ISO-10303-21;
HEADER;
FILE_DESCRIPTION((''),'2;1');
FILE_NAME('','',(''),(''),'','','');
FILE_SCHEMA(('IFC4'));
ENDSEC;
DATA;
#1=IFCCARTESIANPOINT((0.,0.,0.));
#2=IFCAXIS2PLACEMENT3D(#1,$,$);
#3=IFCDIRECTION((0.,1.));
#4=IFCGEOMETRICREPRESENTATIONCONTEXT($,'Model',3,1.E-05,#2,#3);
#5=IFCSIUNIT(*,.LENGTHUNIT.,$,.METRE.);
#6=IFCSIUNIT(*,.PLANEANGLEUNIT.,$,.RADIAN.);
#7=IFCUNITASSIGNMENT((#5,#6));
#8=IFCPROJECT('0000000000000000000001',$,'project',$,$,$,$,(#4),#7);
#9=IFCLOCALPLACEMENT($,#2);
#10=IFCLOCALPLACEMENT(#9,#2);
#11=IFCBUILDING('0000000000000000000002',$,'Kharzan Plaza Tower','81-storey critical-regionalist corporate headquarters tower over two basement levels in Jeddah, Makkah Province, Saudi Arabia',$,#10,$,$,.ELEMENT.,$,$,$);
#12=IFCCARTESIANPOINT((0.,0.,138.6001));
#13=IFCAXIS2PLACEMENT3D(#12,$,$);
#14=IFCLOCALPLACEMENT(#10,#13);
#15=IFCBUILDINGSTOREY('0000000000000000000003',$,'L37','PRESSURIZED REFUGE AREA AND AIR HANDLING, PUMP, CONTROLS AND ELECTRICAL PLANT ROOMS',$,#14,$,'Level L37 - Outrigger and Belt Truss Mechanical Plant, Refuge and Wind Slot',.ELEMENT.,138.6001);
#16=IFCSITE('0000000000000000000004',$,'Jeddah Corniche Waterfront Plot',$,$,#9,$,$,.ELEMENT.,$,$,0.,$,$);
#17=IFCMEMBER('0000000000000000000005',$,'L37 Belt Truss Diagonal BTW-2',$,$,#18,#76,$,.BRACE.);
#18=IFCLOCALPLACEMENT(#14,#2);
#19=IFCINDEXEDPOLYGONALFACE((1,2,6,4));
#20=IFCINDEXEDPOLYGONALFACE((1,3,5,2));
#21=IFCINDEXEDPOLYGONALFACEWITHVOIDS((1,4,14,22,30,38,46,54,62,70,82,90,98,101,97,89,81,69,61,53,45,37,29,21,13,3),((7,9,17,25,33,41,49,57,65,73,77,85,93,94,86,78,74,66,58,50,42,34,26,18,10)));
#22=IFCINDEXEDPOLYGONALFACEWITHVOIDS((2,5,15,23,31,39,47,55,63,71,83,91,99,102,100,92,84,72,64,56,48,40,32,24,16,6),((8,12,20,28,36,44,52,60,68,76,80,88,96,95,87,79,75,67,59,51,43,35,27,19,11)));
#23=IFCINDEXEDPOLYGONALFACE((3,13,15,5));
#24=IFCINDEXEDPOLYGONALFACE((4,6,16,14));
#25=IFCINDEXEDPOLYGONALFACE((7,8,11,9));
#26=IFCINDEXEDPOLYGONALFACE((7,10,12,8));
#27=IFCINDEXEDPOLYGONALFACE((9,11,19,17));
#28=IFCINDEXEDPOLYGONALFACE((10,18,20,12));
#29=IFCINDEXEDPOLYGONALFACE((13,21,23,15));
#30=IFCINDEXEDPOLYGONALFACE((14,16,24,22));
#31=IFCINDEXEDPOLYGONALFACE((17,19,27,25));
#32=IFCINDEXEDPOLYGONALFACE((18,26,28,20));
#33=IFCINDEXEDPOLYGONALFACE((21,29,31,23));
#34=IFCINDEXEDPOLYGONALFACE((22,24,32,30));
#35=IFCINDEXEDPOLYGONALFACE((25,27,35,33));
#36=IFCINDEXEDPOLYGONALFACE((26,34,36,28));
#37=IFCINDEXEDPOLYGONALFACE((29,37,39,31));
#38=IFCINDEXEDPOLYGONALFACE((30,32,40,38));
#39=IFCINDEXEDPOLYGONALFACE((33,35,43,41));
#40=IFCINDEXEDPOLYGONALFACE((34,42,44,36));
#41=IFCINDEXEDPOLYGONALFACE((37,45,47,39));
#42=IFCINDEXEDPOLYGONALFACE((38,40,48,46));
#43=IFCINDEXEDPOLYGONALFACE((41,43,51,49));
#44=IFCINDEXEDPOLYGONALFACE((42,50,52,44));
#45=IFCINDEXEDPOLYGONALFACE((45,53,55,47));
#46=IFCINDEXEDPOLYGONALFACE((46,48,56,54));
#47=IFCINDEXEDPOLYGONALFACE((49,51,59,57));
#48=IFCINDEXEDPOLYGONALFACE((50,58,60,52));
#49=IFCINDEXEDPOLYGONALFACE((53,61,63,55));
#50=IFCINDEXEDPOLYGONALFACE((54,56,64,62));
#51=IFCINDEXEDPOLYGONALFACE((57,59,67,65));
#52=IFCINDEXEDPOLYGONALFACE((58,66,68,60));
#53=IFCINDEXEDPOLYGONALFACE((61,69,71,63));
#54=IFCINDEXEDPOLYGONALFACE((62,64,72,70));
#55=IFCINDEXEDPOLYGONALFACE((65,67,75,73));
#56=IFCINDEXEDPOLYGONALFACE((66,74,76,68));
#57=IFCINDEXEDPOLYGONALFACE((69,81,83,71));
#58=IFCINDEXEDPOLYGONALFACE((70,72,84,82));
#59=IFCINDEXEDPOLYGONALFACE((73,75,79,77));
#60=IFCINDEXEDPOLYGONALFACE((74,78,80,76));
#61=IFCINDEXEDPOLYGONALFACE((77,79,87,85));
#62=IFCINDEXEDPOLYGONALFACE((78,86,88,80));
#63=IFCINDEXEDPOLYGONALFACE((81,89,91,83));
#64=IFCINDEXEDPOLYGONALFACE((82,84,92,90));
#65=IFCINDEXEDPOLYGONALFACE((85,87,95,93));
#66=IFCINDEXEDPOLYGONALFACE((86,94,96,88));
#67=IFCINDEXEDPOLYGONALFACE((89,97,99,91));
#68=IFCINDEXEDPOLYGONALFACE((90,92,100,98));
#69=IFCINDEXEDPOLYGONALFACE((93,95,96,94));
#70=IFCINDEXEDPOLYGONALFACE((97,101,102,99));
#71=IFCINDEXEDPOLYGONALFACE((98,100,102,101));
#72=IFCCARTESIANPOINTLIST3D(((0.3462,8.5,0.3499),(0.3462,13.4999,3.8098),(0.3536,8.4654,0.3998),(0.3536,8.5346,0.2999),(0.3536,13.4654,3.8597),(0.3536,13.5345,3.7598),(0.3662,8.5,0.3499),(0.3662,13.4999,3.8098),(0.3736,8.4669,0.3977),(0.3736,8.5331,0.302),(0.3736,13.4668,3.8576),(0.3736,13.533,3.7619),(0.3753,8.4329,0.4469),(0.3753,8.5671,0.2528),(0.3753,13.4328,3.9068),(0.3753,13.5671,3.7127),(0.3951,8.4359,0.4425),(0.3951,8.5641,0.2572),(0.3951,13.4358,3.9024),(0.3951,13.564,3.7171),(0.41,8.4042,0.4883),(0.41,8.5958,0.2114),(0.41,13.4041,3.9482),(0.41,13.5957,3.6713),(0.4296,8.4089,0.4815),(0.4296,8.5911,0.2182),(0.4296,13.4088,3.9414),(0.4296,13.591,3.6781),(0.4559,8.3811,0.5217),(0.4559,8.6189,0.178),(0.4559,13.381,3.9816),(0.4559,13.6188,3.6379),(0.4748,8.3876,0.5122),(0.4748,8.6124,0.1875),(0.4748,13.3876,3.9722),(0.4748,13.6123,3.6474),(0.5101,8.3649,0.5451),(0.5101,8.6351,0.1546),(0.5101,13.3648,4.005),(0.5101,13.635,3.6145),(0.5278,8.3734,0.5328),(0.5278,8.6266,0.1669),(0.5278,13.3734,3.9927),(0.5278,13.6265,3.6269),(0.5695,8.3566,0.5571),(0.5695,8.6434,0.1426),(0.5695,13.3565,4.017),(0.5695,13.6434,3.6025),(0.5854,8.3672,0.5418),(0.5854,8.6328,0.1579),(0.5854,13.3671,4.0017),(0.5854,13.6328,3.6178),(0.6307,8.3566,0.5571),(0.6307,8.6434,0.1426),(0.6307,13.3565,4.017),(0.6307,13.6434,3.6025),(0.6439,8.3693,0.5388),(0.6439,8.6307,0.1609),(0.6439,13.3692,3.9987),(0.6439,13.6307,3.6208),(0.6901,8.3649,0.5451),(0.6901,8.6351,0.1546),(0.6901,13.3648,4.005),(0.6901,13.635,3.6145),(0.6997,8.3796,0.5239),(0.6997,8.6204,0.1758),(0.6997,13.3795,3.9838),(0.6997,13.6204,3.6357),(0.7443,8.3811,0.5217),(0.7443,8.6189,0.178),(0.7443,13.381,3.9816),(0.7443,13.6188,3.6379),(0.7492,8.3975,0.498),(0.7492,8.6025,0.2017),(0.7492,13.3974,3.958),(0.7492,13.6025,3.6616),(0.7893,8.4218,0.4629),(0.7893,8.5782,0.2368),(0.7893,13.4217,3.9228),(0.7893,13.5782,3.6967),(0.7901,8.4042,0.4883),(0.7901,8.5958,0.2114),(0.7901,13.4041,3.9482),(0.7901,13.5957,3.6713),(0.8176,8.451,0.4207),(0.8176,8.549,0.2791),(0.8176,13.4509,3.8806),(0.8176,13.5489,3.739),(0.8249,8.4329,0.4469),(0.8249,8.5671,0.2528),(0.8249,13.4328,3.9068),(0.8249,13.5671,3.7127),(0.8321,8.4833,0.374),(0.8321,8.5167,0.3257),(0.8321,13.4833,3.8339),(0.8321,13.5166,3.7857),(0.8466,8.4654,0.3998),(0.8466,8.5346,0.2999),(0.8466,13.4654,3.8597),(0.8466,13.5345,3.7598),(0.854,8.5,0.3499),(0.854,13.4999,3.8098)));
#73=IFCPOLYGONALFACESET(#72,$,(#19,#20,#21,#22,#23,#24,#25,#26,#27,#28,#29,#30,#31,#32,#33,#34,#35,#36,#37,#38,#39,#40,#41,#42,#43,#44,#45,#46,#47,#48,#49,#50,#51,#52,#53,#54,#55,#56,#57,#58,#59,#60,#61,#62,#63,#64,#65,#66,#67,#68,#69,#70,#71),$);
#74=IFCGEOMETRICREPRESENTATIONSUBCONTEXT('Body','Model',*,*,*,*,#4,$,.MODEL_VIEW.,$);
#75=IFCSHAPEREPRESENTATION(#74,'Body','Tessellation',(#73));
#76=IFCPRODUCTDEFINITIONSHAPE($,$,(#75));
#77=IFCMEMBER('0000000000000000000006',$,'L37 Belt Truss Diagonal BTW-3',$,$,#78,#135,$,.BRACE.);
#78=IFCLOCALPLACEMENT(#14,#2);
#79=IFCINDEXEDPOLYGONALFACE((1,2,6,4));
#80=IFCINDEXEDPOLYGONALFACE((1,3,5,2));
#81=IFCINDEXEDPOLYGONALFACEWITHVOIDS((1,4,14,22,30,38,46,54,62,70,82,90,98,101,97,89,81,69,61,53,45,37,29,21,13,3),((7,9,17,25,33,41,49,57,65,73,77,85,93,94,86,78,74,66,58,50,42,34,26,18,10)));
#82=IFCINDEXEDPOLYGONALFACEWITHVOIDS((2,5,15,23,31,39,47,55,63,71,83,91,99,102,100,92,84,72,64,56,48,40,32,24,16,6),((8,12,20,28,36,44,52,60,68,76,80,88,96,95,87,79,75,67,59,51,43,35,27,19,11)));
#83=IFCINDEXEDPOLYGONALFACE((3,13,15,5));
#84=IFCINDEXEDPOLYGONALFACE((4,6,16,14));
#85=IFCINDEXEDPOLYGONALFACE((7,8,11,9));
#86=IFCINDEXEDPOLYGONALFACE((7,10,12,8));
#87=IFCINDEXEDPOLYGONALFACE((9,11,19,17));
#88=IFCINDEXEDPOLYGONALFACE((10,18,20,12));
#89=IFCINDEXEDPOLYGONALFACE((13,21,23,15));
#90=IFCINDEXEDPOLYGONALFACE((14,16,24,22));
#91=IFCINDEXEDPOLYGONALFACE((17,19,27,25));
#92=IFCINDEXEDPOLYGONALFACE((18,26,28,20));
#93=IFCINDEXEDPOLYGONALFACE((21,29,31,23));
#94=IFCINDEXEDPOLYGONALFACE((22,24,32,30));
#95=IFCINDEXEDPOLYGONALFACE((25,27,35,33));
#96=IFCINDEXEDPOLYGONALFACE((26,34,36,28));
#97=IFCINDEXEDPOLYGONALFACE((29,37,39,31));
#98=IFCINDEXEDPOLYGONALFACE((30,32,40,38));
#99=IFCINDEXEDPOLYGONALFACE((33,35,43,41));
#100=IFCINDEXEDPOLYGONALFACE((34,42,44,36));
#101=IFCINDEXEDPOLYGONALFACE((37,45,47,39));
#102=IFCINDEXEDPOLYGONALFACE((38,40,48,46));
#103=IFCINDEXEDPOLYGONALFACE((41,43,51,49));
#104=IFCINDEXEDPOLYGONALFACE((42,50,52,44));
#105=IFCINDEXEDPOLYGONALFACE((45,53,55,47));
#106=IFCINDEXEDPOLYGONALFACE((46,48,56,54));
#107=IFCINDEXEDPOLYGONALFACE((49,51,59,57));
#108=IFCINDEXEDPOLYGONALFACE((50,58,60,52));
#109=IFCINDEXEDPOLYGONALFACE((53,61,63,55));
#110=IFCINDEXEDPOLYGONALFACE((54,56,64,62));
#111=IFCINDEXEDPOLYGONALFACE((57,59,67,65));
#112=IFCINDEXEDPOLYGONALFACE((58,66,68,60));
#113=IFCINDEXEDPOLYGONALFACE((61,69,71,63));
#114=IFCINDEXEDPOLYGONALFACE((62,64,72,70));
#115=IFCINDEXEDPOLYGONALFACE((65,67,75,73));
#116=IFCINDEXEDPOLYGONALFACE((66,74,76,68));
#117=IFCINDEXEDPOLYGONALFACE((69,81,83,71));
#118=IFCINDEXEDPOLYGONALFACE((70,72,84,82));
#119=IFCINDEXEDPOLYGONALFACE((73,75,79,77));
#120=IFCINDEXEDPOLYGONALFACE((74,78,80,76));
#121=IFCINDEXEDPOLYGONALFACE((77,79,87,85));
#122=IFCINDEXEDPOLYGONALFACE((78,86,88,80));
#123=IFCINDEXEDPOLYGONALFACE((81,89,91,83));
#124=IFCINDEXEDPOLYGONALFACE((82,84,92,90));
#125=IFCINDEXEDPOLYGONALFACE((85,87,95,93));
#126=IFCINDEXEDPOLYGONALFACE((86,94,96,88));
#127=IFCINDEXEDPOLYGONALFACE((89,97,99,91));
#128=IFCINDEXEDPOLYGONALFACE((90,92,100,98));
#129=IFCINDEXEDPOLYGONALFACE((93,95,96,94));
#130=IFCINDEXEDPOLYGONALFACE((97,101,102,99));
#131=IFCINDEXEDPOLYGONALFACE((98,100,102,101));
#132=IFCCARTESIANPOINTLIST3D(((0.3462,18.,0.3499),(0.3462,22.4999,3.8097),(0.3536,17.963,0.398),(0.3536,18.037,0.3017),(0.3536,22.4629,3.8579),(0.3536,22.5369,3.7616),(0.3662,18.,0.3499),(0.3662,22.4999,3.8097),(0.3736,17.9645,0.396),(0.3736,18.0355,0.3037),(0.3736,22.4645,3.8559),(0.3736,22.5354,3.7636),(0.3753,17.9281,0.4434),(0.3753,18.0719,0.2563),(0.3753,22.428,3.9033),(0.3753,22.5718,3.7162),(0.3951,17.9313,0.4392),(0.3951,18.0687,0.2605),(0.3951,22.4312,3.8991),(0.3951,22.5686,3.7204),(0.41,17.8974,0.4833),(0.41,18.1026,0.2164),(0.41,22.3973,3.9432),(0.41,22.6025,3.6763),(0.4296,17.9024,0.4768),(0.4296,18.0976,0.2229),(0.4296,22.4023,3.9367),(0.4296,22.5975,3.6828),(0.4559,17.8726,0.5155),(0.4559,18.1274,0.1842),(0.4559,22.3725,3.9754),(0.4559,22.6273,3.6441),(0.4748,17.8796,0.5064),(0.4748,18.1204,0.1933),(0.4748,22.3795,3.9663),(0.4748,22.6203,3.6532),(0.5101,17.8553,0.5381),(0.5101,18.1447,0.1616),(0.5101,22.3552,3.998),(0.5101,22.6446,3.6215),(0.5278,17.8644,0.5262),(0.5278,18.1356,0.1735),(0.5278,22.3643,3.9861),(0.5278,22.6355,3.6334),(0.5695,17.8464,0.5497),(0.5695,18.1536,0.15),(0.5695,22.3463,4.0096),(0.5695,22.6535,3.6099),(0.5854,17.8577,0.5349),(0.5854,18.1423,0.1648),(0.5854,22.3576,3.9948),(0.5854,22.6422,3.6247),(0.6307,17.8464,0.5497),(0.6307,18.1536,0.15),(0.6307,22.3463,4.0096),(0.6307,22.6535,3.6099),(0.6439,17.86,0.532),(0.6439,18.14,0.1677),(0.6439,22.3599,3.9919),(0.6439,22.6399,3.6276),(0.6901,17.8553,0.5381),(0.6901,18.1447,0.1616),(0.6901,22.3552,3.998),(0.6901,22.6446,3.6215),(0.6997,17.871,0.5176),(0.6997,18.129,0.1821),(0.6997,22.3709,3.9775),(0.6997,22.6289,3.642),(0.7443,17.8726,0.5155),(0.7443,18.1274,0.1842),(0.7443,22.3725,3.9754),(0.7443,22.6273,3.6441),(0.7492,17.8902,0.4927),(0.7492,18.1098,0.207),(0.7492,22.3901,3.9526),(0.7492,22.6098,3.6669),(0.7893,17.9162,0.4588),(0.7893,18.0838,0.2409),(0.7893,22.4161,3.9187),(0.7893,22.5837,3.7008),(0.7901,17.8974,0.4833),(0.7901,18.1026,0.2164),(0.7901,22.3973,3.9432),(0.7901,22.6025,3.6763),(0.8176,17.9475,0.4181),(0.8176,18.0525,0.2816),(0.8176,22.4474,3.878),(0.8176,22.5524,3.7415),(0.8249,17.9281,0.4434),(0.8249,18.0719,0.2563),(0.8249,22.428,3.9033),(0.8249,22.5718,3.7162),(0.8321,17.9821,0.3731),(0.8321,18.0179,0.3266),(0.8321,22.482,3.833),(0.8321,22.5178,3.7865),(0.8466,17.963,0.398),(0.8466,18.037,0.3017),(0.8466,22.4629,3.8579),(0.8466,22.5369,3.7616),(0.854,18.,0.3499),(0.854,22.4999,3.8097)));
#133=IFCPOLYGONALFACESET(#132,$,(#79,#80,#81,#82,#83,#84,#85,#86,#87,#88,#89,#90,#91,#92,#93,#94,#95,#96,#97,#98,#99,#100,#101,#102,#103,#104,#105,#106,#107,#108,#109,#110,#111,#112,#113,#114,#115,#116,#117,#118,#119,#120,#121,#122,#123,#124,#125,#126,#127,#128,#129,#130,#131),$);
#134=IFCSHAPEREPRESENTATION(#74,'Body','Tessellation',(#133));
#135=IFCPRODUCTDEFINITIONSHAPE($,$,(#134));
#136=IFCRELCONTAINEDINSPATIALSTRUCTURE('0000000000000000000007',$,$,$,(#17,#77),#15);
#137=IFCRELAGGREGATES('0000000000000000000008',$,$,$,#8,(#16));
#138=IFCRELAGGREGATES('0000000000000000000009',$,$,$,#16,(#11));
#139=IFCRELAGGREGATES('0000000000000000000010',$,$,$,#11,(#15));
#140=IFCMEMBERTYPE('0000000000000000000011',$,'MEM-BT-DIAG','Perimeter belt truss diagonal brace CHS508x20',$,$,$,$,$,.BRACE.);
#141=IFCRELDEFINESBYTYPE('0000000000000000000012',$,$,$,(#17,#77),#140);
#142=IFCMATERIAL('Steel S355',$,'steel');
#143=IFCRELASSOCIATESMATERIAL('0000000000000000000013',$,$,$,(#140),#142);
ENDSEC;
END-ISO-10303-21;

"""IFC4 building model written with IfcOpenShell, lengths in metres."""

from ifc_helpers import new_model, si_unit, direction, frame, origin, origin_2d, place, context, subcontext, project, spatial, hollow_circle, extrude, source, transform, mapped, material, material_profile, profile_set, type_object, element, save


model = new_model("IFC4")

# Units and contexts
model_context = context("Model", 3, precision=1e-05, world=origin(), true_north=direction((0.0, 1.0)))
body_context = subcontext(model_context, "Body", "Model", "MODEL_VIEW")
ifc_project = project(units=[si_unit("LENGTHUNIT", "METRE"), si_unit("PLANEANGLEUNIT", "RADIAN")], contexts=[model_context])

# Site, building, storey
site_placement = place(None, origin())
site = spatial("IfcSite", under=ifc_project, at=site_placement, Name="Jeddah Corniche Waterfront Plot", CompositionType="ELEMENT", RefElevation=0.0)
building_placement = place(site_placement, origin())
building = spatial("IfcBuilding", under=site, at=building_placement, Name="Kharzan Plaza Tower", Description="81-storey critical-regionalist corporate headquarters tower over two basement levels in Jeddah, Makkah Province, Saudi Arabia", CompositionType="ELEMENT")
storey_placement = place(building_placement, frame((0.0, 0.0, 138.6001)))
storey = spatial("IfcBuildingStorey", under=building, at=storey_placement, Name="L37", Description="PRESSURIZED REFUGE AREA AND AIR HANDLING, PUMP, CONTROLS AND ELECTRICAL PLANT ROOMS", LongName="Level L37 - Outrigger and Belt Truss Mechanical Plant, Refuge and Wind Slot", CompositionType="ELEMENT", Elevation=138.6001)

# Shared definitions
ifc_material_1 = material(Name="Steel S355", Category="steel")

# Members
ifc_material_profile_1 = material_profile(ifc_material_1, hollow_circle(Radius=0.2539, WallThickness=0.02, at=origin_2d()), Name="CHS508x20")
ifc_profile_set_1 = profile_set([ifc_material_profile_1], Name="Steel S355")
member_type_1 = type_object("IfcMemberType", Name="MEM-BT-DIAG", Description="Perimeter belt truss diagonal brace CHS508x20", PredefinedType="BRACE", material=ifc_profile_set_1)
shared_shape_1 = source(origin(), body_context, "Body", "SweptSolid", [
    extrude(hollow_circle(Radius=0.2539, WallThickness=0.02, at=origin_2d()), origin(), (0.0, 0.0, 1.0), 6.0803),
])
member_1_placement = place(storey_placement, frame((0.6001, 8.5, 0.3499), z_axis=(0.0, 0.822314, 0.569035), x_axis=(-1.0, 0.0, 0.0)))
element("IfcMember", 1, at=member_1_placement, inside=storey, type_object=member_type_1, Name="L37 Belt Truss Diagonal BTW-2", PredefinedType="BRACE", context=body_context, shape_type="MappedRepresentation", body=[
    mapped(shared_shape_1, transform((0.0, 0.0, 0.0), x_axis=(1.0, 0.0, 0.0), y_axis=(0.0, 1.0, 0.0), z_axis=(0.0, 0.0, 1.0))),
])
shared_shape_2 = source(origin(), body_context, "Body", "SweptSolid", [
    extrude(hollow_circle(Radius=0.2539, WallThickness=0.02, at=origin_2d()), origin(), (0.0, 0.0, 1.0), 5.6763),
])
member_2_placement = place(storey_placement, frame((0.6001, 18.0, 0.3499), z_axis=(0.0, 0.792758, 0.609536), x_axis=(-1.0, 0.0, 0.0)))
element("IfcMember", 2, at=member_2_placement, inside=storey, type_object=member_type_1, Name="L37 Belt Truss Diagonal BTW-3", PredefinedType="BRACE", context=body_context, shape_type="MappedRepresentation", body=[
    mapped(shared_shape_2, transform((0.0, 0.0, 0.0), x_axis=(1.0, 0.0, 0.0), y_axis=(0.0, 1.0, 0.0), z_axis=(0.0, 0.0, 1.0))),
])

save(model, "model.ifc")
